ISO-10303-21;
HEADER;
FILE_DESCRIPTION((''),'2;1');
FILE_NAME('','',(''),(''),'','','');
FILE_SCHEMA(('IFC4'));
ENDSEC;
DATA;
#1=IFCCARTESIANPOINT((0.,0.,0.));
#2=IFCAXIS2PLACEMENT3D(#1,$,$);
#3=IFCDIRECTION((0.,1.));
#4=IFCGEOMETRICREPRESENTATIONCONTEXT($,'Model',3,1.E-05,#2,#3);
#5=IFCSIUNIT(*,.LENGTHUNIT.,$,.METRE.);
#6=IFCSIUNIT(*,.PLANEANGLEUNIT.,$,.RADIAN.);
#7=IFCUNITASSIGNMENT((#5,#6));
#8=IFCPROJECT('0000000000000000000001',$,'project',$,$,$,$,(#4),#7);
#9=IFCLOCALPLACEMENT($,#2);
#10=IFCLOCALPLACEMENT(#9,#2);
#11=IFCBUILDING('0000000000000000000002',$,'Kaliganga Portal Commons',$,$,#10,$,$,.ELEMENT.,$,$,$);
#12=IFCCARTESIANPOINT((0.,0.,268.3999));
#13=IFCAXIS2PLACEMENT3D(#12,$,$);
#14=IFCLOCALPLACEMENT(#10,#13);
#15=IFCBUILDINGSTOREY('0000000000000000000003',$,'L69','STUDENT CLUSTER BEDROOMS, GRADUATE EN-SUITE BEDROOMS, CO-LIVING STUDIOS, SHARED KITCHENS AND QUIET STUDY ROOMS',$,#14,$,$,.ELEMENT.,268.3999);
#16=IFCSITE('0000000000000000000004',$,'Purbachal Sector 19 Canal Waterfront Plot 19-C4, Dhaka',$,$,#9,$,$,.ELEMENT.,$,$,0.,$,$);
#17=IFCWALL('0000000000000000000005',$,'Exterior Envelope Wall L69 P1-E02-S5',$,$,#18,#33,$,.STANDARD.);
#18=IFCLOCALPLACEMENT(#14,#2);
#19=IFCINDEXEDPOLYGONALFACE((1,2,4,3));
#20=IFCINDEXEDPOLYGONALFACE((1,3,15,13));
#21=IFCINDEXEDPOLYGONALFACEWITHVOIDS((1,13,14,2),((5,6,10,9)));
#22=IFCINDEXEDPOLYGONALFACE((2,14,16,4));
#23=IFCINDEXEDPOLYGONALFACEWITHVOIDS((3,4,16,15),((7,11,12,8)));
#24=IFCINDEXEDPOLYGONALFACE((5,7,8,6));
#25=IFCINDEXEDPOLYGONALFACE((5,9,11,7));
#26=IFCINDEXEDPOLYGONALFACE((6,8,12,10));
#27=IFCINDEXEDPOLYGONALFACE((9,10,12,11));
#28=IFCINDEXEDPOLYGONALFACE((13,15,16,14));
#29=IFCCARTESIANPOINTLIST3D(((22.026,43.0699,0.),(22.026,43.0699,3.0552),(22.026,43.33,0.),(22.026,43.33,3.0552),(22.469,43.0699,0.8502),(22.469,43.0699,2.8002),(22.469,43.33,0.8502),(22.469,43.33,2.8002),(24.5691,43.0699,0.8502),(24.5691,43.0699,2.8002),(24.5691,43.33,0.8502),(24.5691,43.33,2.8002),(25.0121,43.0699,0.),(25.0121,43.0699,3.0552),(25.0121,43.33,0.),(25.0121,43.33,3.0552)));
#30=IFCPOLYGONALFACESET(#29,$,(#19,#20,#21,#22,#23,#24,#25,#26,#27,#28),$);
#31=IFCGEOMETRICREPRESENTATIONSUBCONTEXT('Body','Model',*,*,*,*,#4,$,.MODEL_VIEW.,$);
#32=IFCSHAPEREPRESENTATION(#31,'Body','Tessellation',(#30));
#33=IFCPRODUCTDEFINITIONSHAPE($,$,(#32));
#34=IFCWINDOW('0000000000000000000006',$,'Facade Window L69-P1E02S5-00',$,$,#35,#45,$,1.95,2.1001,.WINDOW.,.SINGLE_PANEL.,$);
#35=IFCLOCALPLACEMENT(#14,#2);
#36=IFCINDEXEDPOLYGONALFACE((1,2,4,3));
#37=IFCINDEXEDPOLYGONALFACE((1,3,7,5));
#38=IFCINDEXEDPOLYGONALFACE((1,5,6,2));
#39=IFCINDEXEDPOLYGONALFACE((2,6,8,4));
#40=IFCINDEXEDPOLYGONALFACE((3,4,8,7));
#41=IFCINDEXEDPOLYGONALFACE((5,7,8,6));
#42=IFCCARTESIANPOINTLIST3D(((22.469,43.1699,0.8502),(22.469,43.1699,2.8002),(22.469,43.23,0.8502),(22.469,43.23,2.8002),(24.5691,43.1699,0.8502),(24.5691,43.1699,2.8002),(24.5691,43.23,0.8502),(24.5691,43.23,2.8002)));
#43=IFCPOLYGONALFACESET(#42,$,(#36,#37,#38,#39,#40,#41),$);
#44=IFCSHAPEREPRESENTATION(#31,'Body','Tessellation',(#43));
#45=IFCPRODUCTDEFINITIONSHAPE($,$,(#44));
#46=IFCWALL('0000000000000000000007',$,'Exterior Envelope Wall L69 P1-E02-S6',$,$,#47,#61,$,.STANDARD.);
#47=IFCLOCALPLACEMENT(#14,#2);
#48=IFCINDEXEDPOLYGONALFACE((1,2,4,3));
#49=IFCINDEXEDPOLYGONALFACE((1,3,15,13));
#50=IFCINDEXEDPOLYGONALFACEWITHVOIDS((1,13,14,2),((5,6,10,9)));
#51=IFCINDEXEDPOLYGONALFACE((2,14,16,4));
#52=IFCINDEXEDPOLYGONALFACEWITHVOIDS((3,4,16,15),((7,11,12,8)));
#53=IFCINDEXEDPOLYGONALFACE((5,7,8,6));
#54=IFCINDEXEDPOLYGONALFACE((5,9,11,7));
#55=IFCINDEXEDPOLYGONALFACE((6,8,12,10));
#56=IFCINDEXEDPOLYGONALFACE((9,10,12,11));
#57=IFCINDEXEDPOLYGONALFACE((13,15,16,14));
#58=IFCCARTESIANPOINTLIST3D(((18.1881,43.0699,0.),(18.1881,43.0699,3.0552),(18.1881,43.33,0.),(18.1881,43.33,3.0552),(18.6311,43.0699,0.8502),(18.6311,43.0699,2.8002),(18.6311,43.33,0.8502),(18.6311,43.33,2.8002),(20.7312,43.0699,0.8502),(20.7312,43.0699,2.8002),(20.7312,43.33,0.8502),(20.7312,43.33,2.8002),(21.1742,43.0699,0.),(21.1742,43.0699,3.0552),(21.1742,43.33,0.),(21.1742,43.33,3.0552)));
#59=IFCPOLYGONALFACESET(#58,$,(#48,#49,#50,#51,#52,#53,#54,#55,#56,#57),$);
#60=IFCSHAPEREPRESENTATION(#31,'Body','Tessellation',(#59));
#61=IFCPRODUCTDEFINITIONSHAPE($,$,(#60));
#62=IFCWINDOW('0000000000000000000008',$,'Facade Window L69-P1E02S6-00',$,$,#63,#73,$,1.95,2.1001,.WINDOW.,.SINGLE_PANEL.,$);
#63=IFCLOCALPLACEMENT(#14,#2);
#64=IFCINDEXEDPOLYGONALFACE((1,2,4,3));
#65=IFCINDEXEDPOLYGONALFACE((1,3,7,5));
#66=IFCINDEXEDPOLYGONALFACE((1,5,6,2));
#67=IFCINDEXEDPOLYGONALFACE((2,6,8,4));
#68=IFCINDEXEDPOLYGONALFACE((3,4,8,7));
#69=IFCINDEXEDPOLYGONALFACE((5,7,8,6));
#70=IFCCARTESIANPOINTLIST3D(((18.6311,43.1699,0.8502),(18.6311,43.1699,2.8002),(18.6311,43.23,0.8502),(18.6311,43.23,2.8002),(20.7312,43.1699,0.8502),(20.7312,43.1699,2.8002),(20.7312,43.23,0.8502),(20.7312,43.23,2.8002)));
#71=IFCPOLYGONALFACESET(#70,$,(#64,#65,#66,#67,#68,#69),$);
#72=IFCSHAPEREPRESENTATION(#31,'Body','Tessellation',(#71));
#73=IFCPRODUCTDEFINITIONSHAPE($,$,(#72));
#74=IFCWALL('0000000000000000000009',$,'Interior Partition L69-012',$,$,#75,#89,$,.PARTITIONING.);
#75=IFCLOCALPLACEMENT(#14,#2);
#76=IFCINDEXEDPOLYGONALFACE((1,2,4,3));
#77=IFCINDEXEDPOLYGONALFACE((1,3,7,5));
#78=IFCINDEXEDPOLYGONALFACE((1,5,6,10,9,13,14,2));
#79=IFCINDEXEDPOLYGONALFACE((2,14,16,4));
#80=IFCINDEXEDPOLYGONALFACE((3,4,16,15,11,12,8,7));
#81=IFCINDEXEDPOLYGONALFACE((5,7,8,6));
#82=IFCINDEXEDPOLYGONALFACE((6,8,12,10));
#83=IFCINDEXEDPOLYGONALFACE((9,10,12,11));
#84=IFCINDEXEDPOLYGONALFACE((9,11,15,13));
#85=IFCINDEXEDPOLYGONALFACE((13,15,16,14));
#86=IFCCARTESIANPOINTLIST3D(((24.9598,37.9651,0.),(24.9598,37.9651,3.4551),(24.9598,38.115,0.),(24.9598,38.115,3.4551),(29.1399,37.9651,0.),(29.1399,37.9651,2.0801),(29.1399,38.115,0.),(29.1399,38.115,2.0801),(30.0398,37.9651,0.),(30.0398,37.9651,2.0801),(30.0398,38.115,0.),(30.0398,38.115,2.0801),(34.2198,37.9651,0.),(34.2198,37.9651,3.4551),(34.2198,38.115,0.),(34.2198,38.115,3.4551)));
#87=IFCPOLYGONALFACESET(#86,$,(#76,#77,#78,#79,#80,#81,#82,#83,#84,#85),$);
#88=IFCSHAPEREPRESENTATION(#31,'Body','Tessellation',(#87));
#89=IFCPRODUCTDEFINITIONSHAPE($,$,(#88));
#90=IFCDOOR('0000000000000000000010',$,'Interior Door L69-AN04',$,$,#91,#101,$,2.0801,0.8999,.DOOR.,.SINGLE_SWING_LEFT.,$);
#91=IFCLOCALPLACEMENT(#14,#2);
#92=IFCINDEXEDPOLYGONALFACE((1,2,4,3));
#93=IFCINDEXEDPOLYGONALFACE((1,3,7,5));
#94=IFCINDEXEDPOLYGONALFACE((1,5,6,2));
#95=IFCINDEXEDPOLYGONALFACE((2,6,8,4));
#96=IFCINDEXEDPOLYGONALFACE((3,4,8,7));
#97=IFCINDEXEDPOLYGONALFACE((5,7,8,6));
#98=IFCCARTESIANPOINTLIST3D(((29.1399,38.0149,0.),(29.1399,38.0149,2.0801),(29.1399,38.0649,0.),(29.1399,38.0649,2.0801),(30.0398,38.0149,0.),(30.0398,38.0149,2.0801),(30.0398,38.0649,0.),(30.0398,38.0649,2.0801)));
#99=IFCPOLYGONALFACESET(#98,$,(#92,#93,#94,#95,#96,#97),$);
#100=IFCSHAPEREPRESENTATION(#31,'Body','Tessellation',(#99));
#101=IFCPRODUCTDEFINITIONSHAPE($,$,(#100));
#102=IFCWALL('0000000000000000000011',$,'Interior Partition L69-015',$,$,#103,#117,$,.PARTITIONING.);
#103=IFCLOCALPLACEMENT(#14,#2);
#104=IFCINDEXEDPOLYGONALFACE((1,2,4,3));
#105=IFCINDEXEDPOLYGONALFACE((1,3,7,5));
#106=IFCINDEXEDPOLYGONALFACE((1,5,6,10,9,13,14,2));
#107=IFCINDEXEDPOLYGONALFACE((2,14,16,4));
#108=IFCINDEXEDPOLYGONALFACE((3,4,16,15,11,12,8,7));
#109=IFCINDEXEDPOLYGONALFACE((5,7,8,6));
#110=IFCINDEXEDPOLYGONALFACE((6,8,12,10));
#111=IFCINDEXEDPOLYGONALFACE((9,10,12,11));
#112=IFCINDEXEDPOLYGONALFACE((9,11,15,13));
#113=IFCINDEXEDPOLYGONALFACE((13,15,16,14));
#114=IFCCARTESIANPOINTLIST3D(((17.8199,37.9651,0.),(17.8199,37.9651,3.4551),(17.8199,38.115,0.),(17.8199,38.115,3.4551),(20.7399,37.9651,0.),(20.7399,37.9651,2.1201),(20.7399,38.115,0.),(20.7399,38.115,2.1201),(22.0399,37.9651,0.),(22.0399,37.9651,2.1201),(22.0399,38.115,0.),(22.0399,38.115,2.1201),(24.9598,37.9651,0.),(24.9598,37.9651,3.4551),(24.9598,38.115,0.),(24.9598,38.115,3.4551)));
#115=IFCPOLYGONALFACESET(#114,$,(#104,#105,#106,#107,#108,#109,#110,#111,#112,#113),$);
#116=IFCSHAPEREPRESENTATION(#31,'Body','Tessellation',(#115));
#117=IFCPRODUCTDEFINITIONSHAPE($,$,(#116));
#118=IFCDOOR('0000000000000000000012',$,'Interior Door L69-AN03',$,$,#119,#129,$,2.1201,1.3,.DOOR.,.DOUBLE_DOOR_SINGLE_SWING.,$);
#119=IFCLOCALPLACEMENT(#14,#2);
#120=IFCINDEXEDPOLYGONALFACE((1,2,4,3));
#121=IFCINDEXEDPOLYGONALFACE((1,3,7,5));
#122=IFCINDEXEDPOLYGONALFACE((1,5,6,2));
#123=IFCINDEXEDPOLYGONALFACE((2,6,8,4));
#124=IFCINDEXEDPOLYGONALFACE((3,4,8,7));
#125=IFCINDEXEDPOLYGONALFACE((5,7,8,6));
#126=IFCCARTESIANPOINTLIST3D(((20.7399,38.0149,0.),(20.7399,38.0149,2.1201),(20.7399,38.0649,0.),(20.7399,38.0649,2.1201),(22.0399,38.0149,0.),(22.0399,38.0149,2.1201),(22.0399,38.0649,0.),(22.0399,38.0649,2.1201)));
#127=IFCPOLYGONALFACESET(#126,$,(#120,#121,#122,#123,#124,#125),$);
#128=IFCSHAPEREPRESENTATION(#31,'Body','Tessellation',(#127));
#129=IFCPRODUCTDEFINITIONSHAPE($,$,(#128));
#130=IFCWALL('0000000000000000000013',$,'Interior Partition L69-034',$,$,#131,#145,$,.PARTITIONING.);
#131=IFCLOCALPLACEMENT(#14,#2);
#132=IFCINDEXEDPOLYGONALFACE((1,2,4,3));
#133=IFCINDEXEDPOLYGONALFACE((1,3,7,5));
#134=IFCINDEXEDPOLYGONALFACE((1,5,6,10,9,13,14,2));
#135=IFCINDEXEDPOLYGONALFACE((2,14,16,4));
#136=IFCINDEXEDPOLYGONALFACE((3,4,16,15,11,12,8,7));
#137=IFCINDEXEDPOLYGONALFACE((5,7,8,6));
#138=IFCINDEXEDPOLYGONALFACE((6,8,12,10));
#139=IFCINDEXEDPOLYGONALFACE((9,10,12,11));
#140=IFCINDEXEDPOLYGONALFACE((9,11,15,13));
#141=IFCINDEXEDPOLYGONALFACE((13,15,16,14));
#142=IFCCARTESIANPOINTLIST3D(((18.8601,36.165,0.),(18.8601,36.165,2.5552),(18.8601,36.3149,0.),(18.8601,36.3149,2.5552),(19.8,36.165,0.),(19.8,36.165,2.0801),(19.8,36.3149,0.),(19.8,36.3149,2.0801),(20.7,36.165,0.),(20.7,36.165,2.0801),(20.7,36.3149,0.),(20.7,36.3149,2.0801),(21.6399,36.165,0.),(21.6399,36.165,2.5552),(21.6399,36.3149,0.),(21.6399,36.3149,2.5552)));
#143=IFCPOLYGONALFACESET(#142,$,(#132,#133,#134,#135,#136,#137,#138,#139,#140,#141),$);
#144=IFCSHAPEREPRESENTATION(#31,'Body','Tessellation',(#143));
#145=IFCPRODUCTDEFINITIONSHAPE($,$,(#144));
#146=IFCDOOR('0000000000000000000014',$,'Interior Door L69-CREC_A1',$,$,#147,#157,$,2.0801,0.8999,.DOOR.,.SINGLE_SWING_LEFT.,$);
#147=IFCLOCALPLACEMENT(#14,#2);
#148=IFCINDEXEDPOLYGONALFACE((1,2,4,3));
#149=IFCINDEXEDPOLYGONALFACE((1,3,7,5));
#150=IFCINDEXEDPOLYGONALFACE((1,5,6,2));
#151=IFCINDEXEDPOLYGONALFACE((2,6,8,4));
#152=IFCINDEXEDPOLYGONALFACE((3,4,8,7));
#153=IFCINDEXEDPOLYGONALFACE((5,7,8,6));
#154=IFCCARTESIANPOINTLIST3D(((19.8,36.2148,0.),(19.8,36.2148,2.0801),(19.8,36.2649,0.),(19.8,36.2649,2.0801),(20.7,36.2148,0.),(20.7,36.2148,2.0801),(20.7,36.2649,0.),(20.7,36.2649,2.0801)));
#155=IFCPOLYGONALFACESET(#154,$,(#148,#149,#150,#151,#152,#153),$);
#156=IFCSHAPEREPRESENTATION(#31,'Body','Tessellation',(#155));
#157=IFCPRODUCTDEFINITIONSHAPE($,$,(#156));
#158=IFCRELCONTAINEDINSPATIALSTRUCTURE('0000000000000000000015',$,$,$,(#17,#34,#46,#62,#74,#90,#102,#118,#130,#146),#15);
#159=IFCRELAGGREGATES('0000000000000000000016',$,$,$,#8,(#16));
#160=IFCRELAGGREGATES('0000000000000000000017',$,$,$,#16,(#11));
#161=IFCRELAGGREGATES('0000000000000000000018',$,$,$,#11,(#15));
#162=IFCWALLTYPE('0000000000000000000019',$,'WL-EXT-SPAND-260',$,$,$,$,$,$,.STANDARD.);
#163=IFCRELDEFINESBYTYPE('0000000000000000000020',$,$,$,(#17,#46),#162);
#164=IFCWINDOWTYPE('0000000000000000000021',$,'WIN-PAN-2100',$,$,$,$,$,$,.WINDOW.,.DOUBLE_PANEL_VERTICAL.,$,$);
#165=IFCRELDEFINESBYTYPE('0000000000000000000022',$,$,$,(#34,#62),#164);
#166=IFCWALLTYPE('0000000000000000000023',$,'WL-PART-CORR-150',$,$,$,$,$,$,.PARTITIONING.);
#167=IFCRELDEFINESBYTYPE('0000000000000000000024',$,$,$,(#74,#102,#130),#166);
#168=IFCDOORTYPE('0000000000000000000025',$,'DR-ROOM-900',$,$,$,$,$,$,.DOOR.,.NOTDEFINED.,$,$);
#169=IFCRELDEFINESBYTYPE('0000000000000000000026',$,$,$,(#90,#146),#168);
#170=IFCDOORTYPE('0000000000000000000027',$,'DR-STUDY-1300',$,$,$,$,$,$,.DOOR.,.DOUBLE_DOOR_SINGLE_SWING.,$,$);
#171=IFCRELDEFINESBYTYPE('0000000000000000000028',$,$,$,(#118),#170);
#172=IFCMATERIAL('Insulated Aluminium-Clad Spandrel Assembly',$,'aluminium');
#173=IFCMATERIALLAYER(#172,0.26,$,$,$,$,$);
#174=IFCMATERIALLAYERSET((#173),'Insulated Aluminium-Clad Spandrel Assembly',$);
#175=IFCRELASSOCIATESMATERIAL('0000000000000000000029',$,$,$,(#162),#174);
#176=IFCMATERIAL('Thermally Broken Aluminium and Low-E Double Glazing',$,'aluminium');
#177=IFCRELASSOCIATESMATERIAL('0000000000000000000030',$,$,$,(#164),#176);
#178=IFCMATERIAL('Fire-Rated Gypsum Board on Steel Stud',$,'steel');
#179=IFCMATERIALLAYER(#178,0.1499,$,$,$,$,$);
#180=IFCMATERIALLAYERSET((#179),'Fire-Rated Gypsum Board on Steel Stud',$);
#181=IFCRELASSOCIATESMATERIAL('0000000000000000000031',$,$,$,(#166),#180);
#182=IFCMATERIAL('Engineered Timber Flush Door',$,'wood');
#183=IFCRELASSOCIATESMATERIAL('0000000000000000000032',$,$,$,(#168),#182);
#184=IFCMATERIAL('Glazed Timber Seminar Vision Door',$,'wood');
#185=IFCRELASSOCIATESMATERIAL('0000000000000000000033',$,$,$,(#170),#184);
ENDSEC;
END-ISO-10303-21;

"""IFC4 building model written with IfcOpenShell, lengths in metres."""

from ifc_helpers import new_model, si_unit, direction, frame, frame_2d, origin, place, context, subcontext, project, spatial, rectangle, extrude, material, layer, layer_set, type_object, element, fill, save


model = new_model("IFC4")

# Units and contexts
model_context = context("Model", 3, precision=1e-05, world=origin(), true_north=direction((0.0, 1.0)))
body_context = subcontext(model_context, "Body", "Model", "MODEL_VIEW")
ifc_project = project(units=[si_unit("LENGTHUNIT", "METRE"), si_unit("PLANEANGLEUNIT", "RADIAN")], contexts=[model_context])

# Site, building, storey
site_placement = place(None, origin())
site = spatial("IfcSite", under=ifc_project, at=site_placement, Name="Purbachal Sector 19 Canal Waterfront Plot 19-C4, Dhaka", CompositionType="ELEMENT", RefElevation=0.0)
building_placement = place(site_placement, origin())
building = spatial("IfcBuilding", under=site, at=building_placement, Name="Kaliganga Portal Commons", CompositionType="ELEMENT")
storey_placement = place(building_placement, frame((0.0, 0.0, 268.3999)))
storey = spatial("IfcBuildingStorey", under=building, at=storey_placement, Name="L69", Description="STUDENT CLUSTER BEDROOMS, GRADUATE EN-SUITE BEDROOMS, CO-LIVING STUDIOS, SHARED KITCHENS AND QUIET STUDY ROOMS", CompositionType="ELEMENT", Elevation=268.3999)

# Walls, openings, windows
ifc_material_1 = material(Name="Insulated Aluminium-Clad Spandrel Assembly", Category="aluminium")
ifc_layer_1 = layer(ifc_material_1, 0.26)
ifc_layer_set_1 = layer_set([ifc_layer_1], Name="Insulated Aluminium-Clad Spandrel Assembly")
wall_type_1 = type_object("IfcWallType", Name="WL-EXT-SPAND-260", PredefinedType="STANDARD", material=ifc_layer_set_1)
wall_1_placement = place(storey_placement, frame((22.0259, 43.2, 0.0), z_axis=(0.0, 0.0, 1.0), x_axis=(1.0, 0.0, 0.0)))
wall_1 = element("IfcWall", 1, at=wall_1_placement, inside=storey, type_object=wall_type_1, Name="Exterior Envelope Wall L69 P1-E02-S5", PredefinedType="STANDARD", context=body_context, shape_type="SweptSolid", body=[
    extrude(rectangle(XDim=2.9861, YDim=0.26, at=frame_2d((1.4932, 0.0))), origin(), (0.0, 0.0, 1.0), 3.0552),
])
opening_1_placement = place(wall_1_placement, frame((0.4431, 0.0, 0.8501)))
opening_1 = element("IfcOpeningElement", 2, at=opening_1_placement, cuts=wall_1, PredefinedType="OPENING", context=body_context, shape_type="SweptSolid", body=[
    extrude(rectangle(XDim=2.1001, YDim=1.95, at=frame_2d((1.05, 0.9751))), frame((0.0, 0.1401, 0.0), z_axis=(0.0, -1.0, 0.0), x_axis=(1.0, 0.0, 0.0)), (0.0, 0.0, 1.0), 0.28),
])
ifc_material_2 = material(Name="Thermally Broken Aluminium and Low-E Double Glazing", Category="aluminium")
window_type = type_object("IfcWindowType", Name="WIN-PAN-2100", PartitioningType="DOUBLE_PANEL_VERTICAL", PredefinedType="WINDOW", material=ifc_material_2)
window_1_placement = place(opening_1_placement, origin())
window_1 = element("IfcWindow", 3, at=window_1_placement, inside=storey, type_object=window_type, Name="Facade Window L69-P1E02S5-00", OverallHeight=1.95, OverallWidth=2.1001, PartitioningType="SINGLE_PANEL", PredefinedType="WINDOW", context=body_context, shape_type="SweptSolid", body=[
    extrude(rectangle(XDim=2.1001, YDim=1.95, at=frame_2d((1.05, 0.9751))), frame((0.0, 0.03, 0.0), z_axis=(0.0, -1.0, 0.0), x_axis=(1.0, 0.0, 0.0)), (0.0, 0.0, 1.0), 0.0601),
])
fill(opening_1, window_1)
wall_2_placement = place(storey_placement, frame((18.188, 43.2, 0.0), z_axis=(0.0, 0.0, 1.0), x_axis=(1.0, 0.0, 0.0)))
wall_2 = element("IfcWall", 4, at=wall_2_placement, inside=storey, type_object=wall_type_1, Name="Exterior Envelope Wall L69 P1-E02-S6", PredefinedType="STANDARD", context=body_context, shape_type="SweptSolid", body=[
    extrude(rectangle(XDim=2.9861, YDim=0.26, at=frame_2d((1.4932, 0.0))), origin(), (0.0, 0.0, 1.0), 3.0552),
])
opening_2_placement = place(wall_2_placement, frame((0.4431, 0.0, 0.8501)))
opening_2 = element("IfcOpeningElement", 5, at=opening_2_placement, cuts=wall_2, PredefinedType="OPENING", context=body_context, shape_type="SweptSolid", body=[
    extrude(rectangle(XDim=2.1001, YDim=1.95, at=frame_2d((1.05, 0.9751))), frame((0.0, 0.1401, 0.0), z_axis=(0.0, -1.0, 0.0), x_axis=(1.0, 0.0, 0.0)), (0.0, 0.0, 1.0), 0.28),
])
window_2_placement = place(opening_2_placement, origin())
window_2 = element("IfcWindow", 6, at=window_2_placement, inside=storey, type_object=window_type, Name="Facade Window L69-P1E02S6-00", OverallHeight=1.95, OverallWidth=2.1001, PartitioningType="SINGLE_PANEL", PredefinedType="WINDOW", context=body_context, shape_type="SweptSolid", body=[
    extrude(rectangle(XDim=2.1001, YDim=1.95, at=frame_2d((1.05, 0.9751))), frame((0.0, 0.03, 0.0), z_axis=(0.0, -1.0, 0.0), x_axis=(1.0, 0.0, 0.0)), (0.0, 0.0, 1.0), 0.0601),
])
fill(opening_2, window_2)

# Walls, openings, doors
ifc_material_3 = material(Name="Fire-Rated Gypsum Board on Steel Stud", Category="steel")
ifc_layer_2 = layer(ifc_material_3, 0.1499)
ifc_layer_set_2 = layer_set([ifc_layer_2], Name="Fire-Rated Gypsum Board on Steel Stud")
wall_type_2 = type_object("IfcWallType", Name="WL-PART-CORR-150", PredefinedType="PARTITIONING", material=ifc_layer_set_2)
wall_3_placement = place(storey_placement, frame((24.96, 38.04, 0.0), z_axis=(0.0, 0.0, 1.0), x_axis=(1.0, 0.0, 0.0)))
wall_3 = element("IfcWall", 7, at=wall_3_placement, inside=storey, type_object=wall_type_2, Name="Interior Partition L69-012", PredefinedType="PARTITIONING", context=body_context, shape_type="SweptSolid", body=[
    extrude(rectangle(XDim=9.26, YDim=0.1499, at=frame_2d((4.6299, 0.0))), origin(), (0.0, 0.0, 1.0), 3.4551),
])
opening_3_placement = place(wall_3_placement, frame((4.1799, 0.0, 0.0)))
opening_3 = element("IfcOpeningElement", 8, at=opening_3_placement, cuts=wall_3, PredefinedType="OPENING", context=body_context, shape_type="SweptSolid", body=[
    extrude(rectangle(XDim=0.8999, YDim=2.0801, at=frame_2d((0.45, 1.04))), frame((0.0, 0.085, 0.0), z_axis=(0.0, -1.0, 0.0), x_axis=(1.0, 0.0, 0.0)), (0.0, 0.0, 1.0), 0.1699),
])
ifc_material_4 = material(Name="Engineered Timber Flush Door", Category="wood")
door_type_1 = type_object("IfcDoorType", Name="DR-ROOM-900", OperationType="NOTDEFINED", PredefinedType="DOOR", material=ifc_material_4)
door_1_placement = place(opening_3_placement, origin())
door_1 = element("IfcDoor", 9, at=door_1_placement, inside=storey, type_object=door_type_1, Name="Interior Door L69-AN04", OperationType="SINGLE_SWING_LEFT", OverallHeight=2.0801, OverallWidth=0.8999, PredefinedType="DOOR", context=body_context, shape_type="SweptSolid", body=[
    extrude(rectangle(XDim=0.8999, YDim=2.0801, at=frame_2d((0.45, 1.04))), frame((0.0, 0.0249, 0.0), z_axis=(0.0, -1.0, 0.0), x_axis=(1.0, 0.0, 0.0)), (0.0, 0.0, 1.0), 0.05),
])
fill(opening_3, door_1)
wall_4_placement = place(storey_placement, frame((17.8201, 38.04, 0.0), z_axis=(0.0, 0.0, 1.0), x_axis=(1.0, 0.0, 0.0)))
wall_4 = element("IfcWall", 10, at=wall_4_placement, inside=storey, type_object=wall_type_2, Name="Interior Partition L69-015", PredefinedType="PARTITIONING", context=body_context, shape_type="SweptSolid", body=[
    extrude(rectangle(XDim=7.1399, YDim=0.1499, at=frame_2d((3.5698, 0.0))), origin(), (0.0, 0.0, 1.0), 3.4551),
])
opening_4_placement = place(wall_4_placement, frame((2.9199, 0.0, 0.0)))
opening_4 = element("IfcOpeningElement", 11, at=opening_4_placement, cuts=wall_4, PredefinedType="OPENING", context=body_context, shape_type="SweptSolid", body=[
    extrude(rectangle(XDim=1.3, YDim=2.1201, at=frame_2d((0.6499, 1.0601))), frame((0.0, 0.085, 0.0), z_axis=(0.0, -1.0, 0.0), x_axis=(1.0, 0.0, 0.0)), (0.0, 0.0, 1.0), 0.1699),
])
ifc_material_5 = material(Name="Glazed Timber Seminar Vision Door", Category="wood")
door_type_2 = type_object("IfcDoorType", Name="DR-STUDY-1300", OperationType="DOUBLE_DOOR_SINGLE_SWING", PredefinedType="DOOR", material=ifc_material_5)
door_2_placement = place(opening_4_placement, origin())
door_2 = element("IfcDoor", 12, at=door_2_placement, inside=storey, type_object=door_type_2, Name="Interior Door L69-AN03", OperationType="DOUBLE_DOOR_SINGLE_SWING", OverallHeight=2.1201, OverallWidth=1.3, PredefinedType="DOOR", context=body_context, shape_type="SweptSolid", body=[
    extrude(rectangle(XDim=1.3, YDim=2.1201, at=frame_2d((0.6499, 1.0601))), frame((0.0, 0.0249, 0.0), z_axis=(0.0, -1.0, 0.0), x_axis=(1.0, 0.0, 0.0)), (0.0, 0.0, 1.0), 0.05),
])
fill(opening_4, door_2)
wall_5_placement = place(storey_placement, frame((18.8601, 36.24, 0.0), z_axis=(0.0, 0.0, 1.0), x_axis=(1.0, 0.0, 0.0)))
wall_5 = element("IfcWall", 13, at=wall_5_placement, inside=storey, type_object=wall_type_2, Name="Interior Partition L69-034", PredefinedType="PARTITIONING", context=body_context, shape_type="SweptSolid", body=[
    extrude(rectangle(XDim=2.7798, YDim=0.1499, at=frame_2d((1.3899, 0.0))), origin(), (0.0, 0.0, 1.0), 2.5552),
])
opening_5_placement = place(wall_5_placement, frame((0.9399, 0.0, 0.0)))
opening_5 = element("IfcOpeningElement", 14, at=opening_5_placement, cuts=wall_5, PredefinedType="OPENING", context=body_context, shape_type="SweptSolid", body=[
    extrude(rectangle(XDim=0.8999, YDim=2.0801, at=frame_2d((0.45, 1.04))), frame((0.0, 0.085, 0.0), z_axis=(0.0, -1.0, 0.0), x_axis=(1.0, 0.0, 0.0)), (0.0, 0.0, 1.0), 0.1699),
])
door_3_placement = place(opening_5_placement, origin())
door_3 = element("IfcDoor", 15, at=door_3_placement, inside=storey, type_object=door_type_1, Name="Interior Door L69-CREC_A1", OperationType="SINGLE_SWING_LEFT", OverallHeight=2.0801, OverallWidth=0.8999, PredefinedType="DOOR", context=body_context, shape_type="SweptSolid", body=[
    extrude(rectangle(XDim=0.8999, YDim=2.0801, at=frame_2d((0.45, 1.04))), frame((0.0, 0.0249, 0.0), z_axis=(0.0, -1.0, 0.0), x_axis=(1.0, 0.0, 0.0)), (0.0, 0.0, 1.0), 0.05),
])
fill(opening_5, door_3)

save(model, "model.ifc")
